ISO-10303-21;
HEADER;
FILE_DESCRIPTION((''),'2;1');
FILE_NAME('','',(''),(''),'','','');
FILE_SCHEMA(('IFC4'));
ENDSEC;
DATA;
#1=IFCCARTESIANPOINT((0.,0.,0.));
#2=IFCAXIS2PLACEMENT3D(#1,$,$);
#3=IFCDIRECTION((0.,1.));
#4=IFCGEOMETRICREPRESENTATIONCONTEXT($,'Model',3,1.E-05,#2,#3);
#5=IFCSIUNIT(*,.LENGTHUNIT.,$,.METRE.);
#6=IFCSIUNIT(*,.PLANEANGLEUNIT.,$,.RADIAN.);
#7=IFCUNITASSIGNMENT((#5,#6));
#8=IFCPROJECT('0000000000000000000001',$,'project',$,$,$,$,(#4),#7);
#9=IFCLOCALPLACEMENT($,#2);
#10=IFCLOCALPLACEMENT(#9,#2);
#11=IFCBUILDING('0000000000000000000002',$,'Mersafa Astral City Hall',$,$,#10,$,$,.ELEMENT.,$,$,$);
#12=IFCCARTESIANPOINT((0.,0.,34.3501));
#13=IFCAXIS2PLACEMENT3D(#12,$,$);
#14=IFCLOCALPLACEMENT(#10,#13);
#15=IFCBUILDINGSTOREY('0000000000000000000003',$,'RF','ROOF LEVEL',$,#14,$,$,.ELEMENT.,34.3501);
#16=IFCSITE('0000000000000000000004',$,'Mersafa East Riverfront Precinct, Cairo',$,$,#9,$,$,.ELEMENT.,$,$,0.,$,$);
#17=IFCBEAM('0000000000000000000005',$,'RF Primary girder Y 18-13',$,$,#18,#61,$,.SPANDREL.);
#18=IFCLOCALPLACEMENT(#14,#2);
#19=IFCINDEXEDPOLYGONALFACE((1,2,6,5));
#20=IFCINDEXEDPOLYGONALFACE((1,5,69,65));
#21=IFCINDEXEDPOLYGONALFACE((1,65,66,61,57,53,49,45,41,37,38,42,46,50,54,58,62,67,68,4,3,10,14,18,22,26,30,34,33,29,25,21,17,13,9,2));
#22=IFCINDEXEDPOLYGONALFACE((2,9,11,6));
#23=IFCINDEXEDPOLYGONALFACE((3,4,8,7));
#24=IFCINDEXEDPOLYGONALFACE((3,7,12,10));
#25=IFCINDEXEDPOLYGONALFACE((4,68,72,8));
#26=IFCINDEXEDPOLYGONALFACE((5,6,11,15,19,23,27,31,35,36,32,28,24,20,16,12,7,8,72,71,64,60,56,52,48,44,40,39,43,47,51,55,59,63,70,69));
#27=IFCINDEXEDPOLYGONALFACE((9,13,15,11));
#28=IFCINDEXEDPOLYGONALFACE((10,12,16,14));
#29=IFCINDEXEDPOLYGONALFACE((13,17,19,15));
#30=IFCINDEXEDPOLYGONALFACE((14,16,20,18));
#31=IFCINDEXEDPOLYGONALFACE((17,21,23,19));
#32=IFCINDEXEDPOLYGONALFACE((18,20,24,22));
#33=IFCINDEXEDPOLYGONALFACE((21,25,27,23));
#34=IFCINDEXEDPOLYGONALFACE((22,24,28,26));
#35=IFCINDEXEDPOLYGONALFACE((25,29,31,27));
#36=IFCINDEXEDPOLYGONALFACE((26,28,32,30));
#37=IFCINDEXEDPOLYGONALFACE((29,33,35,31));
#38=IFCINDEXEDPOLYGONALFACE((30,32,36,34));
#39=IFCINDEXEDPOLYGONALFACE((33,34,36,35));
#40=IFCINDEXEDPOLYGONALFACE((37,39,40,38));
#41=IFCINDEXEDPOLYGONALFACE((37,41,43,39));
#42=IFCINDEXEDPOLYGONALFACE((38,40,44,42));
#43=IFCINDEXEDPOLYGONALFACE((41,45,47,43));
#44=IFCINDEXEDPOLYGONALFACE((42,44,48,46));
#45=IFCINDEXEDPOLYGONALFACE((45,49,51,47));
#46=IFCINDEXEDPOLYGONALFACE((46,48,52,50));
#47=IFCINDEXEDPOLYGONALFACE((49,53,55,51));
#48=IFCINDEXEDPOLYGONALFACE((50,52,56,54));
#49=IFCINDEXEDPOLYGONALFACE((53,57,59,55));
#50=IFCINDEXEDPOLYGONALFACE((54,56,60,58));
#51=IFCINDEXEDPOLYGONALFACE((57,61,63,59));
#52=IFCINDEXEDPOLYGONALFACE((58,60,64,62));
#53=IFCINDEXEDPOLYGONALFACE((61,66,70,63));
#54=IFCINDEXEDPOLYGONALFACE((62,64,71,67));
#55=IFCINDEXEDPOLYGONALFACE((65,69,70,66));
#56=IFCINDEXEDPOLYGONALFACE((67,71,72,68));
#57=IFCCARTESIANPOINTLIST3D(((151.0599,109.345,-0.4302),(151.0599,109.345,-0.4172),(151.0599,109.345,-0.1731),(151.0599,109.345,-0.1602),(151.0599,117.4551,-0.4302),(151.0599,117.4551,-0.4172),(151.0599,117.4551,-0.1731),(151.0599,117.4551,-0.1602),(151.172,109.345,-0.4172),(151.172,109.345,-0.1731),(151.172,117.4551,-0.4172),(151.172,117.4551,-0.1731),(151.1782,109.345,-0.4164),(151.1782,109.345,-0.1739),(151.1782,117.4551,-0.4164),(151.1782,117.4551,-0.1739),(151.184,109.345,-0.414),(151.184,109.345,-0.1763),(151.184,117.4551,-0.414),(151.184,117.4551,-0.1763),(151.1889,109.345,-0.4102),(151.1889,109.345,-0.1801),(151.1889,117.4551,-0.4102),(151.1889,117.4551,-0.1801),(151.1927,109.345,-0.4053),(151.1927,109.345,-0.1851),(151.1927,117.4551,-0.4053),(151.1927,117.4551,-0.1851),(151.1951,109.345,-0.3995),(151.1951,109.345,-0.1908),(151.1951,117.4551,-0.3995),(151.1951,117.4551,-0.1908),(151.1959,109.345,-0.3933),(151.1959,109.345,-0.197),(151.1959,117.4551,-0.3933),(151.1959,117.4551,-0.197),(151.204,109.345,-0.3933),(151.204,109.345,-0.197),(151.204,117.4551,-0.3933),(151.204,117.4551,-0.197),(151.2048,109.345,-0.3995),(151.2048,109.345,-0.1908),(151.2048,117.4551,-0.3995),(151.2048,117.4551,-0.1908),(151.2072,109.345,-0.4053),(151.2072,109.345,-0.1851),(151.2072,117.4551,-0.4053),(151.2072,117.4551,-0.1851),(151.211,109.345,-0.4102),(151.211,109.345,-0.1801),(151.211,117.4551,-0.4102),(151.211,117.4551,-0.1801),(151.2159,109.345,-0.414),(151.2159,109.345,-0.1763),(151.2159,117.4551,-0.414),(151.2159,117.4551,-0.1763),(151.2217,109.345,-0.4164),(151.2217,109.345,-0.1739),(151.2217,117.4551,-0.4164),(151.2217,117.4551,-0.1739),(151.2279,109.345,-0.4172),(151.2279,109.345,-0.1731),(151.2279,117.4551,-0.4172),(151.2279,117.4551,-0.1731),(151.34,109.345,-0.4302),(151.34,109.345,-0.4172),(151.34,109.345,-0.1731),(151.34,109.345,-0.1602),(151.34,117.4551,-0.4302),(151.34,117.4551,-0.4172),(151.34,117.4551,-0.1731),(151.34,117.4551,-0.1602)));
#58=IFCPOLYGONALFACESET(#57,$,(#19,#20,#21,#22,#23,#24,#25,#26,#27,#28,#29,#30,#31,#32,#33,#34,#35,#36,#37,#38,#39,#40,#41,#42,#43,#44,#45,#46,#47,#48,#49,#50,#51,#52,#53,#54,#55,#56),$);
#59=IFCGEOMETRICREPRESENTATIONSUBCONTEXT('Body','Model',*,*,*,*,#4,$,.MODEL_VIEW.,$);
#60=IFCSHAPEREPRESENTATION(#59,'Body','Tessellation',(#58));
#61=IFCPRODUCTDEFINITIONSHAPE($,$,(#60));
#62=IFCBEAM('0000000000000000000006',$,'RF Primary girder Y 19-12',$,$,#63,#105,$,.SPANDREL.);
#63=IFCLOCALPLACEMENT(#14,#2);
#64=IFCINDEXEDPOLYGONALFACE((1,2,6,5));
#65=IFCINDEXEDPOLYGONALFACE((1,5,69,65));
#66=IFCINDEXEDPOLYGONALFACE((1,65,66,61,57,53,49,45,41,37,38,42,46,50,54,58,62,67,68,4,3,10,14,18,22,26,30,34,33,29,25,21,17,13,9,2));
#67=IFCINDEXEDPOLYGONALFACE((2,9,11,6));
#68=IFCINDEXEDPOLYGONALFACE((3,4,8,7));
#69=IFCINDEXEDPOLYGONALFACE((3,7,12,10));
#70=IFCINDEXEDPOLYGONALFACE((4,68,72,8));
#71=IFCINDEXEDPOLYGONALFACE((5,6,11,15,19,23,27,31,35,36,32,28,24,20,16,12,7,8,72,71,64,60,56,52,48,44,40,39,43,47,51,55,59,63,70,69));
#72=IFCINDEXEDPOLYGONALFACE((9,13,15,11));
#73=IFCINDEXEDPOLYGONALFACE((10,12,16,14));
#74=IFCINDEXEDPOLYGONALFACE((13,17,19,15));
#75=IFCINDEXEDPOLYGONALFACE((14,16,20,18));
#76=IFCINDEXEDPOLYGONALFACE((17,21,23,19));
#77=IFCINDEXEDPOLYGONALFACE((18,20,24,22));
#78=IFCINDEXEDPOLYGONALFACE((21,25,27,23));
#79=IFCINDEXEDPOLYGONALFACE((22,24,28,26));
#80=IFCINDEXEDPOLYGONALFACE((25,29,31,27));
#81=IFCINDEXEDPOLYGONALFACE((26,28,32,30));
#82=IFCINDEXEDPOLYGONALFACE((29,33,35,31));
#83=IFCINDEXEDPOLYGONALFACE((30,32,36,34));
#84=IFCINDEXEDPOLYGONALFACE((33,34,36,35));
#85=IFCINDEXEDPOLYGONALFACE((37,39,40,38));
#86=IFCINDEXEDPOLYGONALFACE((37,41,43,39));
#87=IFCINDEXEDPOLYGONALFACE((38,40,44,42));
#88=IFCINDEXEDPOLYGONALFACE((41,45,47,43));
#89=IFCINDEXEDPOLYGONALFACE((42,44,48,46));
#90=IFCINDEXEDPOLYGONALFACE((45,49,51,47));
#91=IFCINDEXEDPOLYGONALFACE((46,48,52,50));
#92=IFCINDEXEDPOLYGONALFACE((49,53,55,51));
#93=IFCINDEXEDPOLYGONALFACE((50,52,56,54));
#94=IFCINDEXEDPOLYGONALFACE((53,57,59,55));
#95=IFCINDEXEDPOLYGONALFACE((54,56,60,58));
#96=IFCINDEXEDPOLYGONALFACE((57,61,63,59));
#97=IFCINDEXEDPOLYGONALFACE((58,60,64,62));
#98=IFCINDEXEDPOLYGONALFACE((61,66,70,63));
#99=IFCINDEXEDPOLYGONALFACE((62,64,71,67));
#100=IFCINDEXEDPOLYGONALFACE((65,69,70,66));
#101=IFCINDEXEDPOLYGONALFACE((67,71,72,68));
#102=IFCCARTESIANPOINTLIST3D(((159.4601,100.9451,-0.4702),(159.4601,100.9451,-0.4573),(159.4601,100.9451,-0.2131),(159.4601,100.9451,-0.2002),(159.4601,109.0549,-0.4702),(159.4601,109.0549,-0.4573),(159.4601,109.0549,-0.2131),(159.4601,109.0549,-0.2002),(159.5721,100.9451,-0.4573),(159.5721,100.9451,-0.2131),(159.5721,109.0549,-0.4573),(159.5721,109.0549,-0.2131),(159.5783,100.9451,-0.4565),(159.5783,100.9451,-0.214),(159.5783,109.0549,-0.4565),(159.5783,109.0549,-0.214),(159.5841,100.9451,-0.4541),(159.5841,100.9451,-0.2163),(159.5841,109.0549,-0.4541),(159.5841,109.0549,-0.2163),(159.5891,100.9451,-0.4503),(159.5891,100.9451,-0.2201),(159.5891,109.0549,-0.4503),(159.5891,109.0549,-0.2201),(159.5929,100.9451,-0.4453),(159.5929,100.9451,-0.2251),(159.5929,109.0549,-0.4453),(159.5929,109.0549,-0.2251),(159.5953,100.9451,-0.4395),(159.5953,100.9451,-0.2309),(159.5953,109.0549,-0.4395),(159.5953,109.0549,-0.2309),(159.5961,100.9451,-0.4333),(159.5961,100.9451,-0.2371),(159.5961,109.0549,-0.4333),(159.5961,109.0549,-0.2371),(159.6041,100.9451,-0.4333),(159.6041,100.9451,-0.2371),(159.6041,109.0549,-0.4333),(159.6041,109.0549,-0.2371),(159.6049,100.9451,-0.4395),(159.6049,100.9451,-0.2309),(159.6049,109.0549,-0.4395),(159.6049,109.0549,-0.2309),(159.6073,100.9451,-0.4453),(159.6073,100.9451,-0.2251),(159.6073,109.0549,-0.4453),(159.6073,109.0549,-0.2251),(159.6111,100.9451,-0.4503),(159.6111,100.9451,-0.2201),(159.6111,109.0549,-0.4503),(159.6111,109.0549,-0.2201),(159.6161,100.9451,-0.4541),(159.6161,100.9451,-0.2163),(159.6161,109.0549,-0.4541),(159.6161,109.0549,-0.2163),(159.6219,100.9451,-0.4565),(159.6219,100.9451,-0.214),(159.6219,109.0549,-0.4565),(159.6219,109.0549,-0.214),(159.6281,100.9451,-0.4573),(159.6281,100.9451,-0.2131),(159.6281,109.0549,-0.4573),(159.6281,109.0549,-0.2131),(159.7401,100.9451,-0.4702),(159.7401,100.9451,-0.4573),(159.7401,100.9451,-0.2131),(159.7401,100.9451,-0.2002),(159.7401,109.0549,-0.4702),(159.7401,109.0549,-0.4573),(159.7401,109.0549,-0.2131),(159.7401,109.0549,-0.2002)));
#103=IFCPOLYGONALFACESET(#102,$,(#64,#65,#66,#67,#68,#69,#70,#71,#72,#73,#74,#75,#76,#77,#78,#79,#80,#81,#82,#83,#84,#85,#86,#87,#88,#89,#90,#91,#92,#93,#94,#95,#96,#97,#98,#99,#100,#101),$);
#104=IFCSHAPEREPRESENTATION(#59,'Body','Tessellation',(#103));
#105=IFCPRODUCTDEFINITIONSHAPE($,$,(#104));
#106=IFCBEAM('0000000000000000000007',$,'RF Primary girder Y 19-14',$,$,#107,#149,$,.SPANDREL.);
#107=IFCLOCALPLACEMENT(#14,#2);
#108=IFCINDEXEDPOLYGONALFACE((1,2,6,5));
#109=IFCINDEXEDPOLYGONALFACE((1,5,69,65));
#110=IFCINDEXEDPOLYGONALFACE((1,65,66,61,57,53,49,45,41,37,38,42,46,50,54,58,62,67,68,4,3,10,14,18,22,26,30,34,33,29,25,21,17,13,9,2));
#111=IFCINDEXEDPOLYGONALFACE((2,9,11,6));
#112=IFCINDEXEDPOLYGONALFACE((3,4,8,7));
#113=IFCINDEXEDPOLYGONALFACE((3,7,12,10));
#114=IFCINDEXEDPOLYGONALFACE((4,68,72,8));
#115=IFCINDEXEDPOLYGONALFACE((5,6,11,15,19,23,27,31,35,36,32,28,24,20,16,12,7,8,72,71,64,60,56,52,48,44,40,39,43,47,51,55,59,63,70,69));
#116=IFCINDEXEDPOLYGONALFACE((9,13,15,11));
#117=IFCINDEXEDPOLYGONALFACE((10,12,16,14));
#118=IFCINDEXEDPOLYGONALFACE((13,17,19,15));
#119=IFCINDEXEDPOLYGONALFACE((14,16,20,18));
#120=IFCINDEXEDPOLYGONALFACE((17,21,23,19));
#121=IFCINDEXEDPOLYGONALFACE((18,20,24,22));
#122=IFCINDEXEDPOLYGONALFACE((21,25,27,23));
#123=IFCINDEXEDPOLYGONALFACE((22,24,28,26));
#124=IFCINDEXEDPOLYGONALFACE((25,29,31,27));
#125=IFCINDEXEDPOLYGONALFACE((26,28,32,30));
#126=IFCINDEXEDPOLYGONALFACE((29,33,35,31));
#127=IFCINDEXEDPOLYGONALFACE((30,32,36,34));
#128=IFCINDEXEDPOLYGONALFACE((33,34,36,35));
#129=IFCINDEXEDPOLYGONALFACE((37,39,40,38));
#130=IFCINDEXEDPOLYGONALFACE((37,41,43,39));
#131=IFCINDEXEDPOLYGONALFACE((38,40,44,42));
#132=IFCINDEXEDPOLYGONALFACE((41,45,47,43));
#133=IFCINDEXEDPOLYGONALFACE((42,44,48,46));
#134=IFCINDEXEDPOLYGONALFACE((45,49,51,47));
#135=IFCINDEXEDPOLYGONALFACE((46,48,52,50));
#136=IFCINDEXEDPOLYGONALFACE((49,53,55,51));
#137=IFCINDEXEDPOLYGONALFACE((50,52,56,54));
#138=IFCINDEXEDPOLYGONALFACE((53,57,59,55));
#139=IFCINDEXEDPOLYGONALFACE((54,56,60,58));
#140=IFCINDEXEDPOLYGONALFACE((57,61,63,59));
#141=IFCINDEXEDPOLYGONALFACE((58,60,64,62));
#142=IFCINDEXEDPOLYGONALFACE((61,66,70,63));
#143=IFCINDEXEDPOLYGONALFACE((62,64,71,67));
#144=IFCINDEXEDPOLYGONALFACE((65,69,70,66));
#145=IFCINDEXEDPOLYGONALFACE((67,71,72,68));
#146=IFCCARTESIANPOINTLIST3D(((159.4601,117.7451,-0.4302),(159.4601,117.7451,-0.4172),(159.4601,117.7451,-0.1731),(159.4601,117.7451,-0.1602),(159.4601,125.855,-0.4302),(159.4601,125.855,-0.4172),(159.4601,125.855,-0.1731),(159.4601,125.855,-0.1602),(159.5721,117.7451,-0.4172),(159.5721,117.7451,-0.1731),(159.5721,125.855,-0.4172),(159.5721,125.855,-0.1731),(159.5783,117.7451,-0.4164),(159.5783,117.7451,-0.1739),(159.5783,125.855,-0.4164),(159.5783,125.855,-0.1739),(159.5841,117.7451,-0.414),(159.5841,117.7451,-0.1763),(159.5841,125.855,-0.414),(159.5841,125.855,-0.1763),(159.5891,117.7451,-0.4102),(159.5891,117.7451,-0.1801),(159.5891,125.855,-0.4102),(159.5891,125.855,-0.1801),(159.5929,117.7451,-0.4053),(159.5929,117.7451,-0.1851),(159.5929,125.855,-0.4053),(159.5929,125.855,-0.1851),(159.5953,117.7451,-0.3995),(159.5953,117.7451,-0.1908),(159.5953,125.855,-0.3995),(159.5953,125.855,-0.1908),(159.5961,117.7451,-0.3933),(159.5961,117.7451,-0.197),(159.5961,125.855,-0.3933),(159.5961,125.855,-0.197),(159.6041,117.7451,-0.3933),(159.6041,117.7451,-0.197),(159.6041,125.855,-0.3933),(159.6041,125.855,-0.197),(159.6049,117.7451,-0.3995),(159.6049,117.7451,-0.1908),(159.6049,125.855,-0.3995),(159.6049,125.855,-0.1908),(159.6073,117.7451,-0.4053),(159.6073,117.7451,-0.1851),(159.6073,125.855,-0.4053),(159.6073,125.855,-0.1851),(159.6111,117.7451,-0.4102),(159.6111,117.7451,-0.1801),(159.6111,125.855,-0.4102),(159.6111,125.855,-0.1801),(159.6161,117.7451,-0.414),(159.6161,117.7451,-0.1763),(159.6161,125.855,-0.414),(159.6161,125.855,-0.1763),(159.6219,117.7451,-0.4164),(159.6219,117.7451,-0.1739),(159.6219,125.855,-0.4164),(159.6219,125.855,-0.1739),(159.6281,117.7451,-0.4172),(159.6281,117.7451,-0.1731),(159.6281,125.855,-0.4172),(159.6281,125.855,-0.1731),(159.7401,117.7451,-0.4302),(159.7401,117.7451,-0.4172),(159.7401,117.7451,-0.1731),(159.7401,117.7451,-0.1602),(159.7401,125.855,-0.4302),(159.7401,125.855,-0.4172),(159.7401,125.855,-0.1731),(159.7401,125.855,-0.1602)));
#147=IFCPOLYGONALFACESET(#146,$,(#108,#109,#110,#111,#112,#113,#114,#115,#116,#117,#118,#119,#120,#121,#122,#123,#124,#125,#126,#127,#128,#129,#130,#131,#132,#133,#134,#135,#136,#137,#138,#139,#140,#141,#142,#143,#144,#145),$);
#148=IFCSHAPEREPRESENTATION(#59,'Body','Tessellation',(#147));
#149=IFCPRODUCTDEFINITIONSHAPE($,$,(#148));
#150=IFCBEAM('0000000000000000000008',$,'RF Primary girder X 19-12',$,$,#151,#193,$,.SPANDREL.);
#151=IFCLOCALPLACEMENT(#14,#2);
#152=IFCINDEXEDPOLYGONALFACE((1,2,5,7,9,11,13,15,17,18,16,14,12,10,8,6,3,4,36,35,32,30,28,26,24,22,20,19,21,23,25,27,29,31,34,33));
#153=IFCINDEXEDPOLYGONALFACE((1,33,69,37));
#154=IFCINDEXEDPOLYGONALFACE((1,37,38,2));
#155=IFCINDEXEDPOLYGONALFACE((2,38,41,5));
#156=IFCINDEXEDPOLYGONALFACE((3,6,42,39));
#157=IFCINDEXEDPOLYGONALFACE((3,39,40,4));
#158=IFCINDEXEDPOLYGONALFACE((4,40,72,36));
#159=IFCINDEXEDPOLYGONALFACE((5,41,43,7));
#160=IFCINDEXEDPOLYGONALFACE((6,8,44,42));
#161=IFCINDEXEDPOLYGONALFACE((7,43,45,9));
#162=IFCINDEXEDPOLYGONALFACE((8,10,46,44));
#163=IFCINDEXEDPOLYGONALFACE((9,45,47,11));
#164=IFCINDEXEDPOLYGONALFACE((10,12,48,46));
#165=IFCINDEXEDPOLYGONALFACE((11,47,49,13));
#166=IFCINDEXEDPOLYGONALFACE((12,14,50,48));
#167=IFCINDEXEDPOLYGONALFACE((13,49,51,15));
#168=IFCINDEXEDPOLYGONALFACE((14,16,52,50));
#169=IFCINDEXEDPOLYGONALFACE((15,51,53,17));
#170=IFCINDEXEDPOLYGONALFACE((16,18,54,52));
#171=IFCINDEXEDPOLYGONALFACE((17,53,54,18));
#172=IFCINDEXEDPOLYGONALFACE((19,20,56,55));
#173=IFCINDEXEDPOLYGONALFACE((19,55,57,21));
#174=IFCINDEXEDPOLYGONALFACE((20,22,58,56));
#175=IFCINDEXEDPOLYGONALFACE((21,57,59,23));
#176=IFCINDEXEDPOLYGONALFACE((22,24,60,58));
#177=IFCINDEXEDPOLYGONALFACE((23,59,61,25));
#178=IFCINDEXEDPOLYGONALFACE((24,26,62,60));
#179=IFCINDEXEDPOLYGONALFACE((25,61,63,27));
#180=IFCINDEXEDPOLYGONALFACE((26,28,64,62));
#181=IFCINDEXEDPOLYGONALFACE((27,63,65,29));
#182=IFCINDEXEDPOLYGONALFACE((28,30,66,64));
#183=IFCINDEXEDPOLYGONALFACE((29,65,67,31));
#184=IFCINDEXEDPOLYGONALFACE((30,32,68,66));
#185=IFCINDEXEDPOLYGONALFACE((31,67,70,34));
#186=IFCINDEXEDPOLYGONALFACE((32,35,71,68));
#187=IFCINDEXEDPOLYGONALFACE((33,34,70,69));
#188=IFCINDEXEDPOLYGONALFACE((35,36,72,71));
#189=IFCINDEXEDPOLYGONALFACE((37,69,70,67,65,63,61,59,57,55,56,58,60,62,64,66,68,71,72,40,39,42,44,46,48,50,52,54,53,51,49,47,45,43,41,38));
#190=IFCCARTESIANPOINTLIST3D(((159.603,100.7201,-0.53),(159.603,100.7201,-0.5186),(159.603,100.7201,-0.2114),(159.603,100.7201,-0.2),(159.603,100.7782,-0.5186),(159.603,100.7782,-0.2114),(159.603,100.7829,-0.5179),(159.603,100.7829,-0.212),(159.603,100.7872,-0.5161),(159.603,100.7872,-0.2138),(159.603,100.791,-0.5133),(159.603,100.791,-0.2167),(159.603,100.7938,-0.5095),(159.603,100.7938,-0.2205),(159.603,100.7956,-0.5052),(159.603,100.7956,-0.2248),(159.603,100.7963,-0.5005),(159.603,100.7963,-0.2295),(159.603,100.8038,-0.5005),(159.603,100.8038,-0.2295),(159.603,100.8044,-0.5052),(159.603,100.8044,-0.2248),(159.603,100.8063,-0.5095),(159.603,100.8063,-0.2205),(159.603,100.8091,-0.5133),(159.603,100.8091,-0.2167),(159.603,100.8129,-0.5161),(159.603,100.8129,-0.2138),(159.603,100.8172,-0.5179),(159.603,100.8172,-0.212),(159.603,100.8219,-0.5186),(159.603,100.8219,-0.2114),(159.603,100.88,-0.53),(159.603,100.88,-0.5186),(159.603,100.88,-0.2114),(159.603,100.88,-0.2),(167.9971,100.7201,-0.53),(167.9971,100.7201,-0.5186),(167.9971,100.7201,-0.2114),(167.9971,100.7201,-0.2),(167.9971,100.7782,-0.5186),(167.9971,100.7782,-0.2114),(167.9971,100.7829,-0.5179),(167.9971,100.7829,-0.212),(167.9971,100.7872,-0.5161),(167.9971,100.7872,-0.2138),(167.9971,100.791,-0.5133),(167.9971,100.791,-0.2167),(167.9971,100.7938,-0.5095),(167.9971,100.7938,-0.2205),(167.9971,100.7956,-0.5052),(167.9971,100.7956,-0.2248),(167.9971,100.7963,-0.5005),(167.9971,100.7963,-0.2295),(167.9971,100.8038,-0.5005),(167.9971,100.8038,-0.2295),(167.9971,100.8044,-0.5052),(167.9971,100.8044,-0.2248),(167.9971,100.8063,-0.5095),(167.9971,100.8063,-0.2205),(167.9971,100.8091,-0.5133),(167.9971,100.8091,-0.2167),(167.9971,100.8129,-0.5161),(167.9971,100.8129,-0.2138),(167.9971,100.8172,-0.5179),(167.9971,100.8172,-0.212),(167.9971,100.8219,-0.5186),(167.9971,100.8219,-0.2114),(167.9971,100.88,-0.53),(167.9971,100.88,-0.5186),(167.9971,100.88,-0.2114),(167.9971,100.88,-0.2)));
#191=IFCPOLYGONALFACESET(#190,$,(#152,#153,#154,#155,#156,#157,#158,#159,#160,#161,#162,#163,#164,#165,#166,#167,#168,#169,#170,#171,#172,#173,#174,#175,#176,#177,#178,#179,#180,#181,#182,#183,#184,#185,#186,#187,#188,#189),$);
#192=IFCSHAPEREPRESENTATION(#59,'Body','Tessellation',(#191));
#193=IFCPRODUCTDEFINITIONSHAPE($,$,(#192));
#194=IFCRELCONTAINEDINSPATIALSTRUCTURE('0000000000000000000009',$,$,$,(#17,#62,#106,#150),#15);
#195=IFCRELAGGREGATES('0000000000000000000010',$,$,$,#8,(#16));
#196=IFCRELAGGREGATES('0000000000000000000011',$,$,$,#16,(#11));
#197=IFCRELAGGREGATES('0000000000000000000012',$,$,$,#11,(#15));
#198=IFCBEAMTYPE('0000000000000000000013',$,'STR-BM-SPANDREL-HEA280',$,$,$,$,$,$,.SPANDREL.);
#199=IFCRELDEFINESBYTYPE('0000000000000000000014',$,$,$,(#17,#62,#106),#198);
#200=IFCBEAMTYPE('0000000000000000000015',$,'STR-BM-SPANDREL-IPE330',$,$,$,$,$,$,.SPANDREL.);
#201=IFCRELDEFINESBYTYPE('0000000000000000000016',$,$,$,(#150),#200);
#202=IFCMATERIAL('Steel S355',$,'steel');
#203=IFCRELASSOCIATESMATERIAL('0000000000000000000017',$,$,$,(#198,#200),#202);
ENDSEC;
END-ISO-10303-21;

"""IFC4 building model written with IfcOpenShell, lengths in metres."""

from ifc_helpers import new_model, si_unit, direction, frame, origin, origin_2d, place, context, subcontext, project, spatial, i_section, extrude, material, material_profile, profile_set, type_object, element, save


model = new_model("IFC4")

# Units and contexts
model_context = context("Model", 3, precision=1e-05, world=origin(), true_north=direction((0.0, 1.0)))
body_context = subcontext(model_context, "Body", "Model", "MODEL_VIEW")
ifc_project = project(units=[si_unit("LENGTHUNIT", "METRE"), si_unit("PLANEANGLEUNIT", "RADIAN")], contexts=[model_context])

# Site, building, storey
site_placement = place(None, origin())
site = spatial("IfcSite", under=ifc_project, at=site_placement, Name="Mersafa East Riverfront Precinct, Cairo", CompositionType="ELEMENT", RefElevation=0.0)
building_placement = place(site_placement, origin())
building = spatial("IfcBuilding", under=site, at=building_placement, Name="Mersafa Astral City Hall", CompositionType="ELEMENT")
storey_placement = place(building_placement, frame((0.0, 0.0, 34.3501)))
storey = spatial("IfcBuildingStorey", under=building, at=storey_placement, Name="RF", Description="ROOF LEVEL", CompositionType="ELEMENT", Elevation=34.3501)

# Shared definitions
ifc_material_1 = material(Name="Steel S355", Category="steel")

# Beams
ifc_material_profile_1 = material_profile(ifc_material_1, i_section(OverallWidth=0.28, OverallDepth=0.27, WebThickness=0.0081, FlangeThickness=0.0129, FilletRadius=0.0239, at=origin_2d()), Name="HEA 280")
ifc_profile_set_1 = profile_set([ifc_material_profile_1], Name="Steel S355")
beam_type_1 = type_object("IfcBeamType", Name="STR-BM-SPANDREL-HEA280", PredefinedType="SPANDREL", material=ifc_profile_set_1)
beam_1_placement = place(storey_placement, frame((151.2, 109.345, -0.2952), z_axis=(0.0, 1.0, 0.0), x_axis=(-1.0, 0.0, 0.0)))
element("IfcBeam", 1, at=beam_1_placement, inside=storey, type_object=beam_type_1, Name="RF Primary girder Y 18-13", PredefinedType="SPANDREL", context=body_context, shape_type="SweptSolid", body=[
    extrude(i_section(OverallWidth=0.28, OverallDepth=0.27, WebThickness=0.0081, FlangeThickness=0.0129, FilletRadius=0.0239, at=origin_2d()), origin(), (0.0, 0.0, 1.0), 8.1101),
])
for number, where, z_axis, x_axis, name in (
    (2, (159.6001, 100.9451, -0.3352), (0.0, 1.0, 0.0), (-1.0, 0.0, 0.0), "RF Primary girder Y 19-12"),
    (3, (159.6001, 117.7451, -0.2952), (0.0, 1.0, 0.0), (-1.0, 0.0, 0.0), "RF Primary girder Y 19-14"),
):
    element("IfcBeam", number, at=place(storey_placement, frame(where, z_axis=z_axis, x_axis=x_axis)), inside=storey, type_object=beam_type_1, Name=name, PredefinedType="SPANDREL", context=body_context, shape_type="SweptSolid", body=[
        extrude(i_section(OverallWidth=0.28, OverallDepth=0.27, WebThickness=0.0081, FlangeThickness=0.0129, FilletRadius=0.0239, at=origin_2d()), origin(), (0.0, 0.0, 1.0), 8.1099),
    ])
ifc_material_profile_2 = material_profile(ifc_material_1, i_section(OverallWidth=0.1599, OverallDepth=0.3301, WebThickness=0.0076, FlangeThickness=0.0115, FilletRadius=0.0181, at=origin_2d()), Name="IPE 330")
ifc_profile_set_2 = profile_set([ifc_material_profile_2], Name="Steel S355")
beam_type_2 = type_object("IfcBeamType", Name="STR-BM-SPANDREL-IPE330", PredefinedType="SPANDREL", material=ifc_profile_set_2)
for number, where, z_axis, x_axis, name in (
    (4, (159.603, 100.8, -0.365), (1.0, 0.0, 0.0), (0.0, 1.0, 0.0), "RF Primary girder X 19-12"),
):
    element("IfcBeam", number, at=place(storey_placement, frame(where, z_axis=z_axis, x_axis=x_axis)), inside=storey, type_object=beam_type_2, Name=name, PredefinedType="SPANDREL", context=body_context, shape_type="SweptSolid", body=[
        extrude(i_section(OverallWidth=0.1599, OverallDepth=0.3301, WebThickness=0.0076, FlangeThickness=0.0115, FilletRadius=0.0181, at=origin_2d()), origin(), (0.0, 0.0, 1.0), 8.394),
    ])

save(model, "model.ifc")
